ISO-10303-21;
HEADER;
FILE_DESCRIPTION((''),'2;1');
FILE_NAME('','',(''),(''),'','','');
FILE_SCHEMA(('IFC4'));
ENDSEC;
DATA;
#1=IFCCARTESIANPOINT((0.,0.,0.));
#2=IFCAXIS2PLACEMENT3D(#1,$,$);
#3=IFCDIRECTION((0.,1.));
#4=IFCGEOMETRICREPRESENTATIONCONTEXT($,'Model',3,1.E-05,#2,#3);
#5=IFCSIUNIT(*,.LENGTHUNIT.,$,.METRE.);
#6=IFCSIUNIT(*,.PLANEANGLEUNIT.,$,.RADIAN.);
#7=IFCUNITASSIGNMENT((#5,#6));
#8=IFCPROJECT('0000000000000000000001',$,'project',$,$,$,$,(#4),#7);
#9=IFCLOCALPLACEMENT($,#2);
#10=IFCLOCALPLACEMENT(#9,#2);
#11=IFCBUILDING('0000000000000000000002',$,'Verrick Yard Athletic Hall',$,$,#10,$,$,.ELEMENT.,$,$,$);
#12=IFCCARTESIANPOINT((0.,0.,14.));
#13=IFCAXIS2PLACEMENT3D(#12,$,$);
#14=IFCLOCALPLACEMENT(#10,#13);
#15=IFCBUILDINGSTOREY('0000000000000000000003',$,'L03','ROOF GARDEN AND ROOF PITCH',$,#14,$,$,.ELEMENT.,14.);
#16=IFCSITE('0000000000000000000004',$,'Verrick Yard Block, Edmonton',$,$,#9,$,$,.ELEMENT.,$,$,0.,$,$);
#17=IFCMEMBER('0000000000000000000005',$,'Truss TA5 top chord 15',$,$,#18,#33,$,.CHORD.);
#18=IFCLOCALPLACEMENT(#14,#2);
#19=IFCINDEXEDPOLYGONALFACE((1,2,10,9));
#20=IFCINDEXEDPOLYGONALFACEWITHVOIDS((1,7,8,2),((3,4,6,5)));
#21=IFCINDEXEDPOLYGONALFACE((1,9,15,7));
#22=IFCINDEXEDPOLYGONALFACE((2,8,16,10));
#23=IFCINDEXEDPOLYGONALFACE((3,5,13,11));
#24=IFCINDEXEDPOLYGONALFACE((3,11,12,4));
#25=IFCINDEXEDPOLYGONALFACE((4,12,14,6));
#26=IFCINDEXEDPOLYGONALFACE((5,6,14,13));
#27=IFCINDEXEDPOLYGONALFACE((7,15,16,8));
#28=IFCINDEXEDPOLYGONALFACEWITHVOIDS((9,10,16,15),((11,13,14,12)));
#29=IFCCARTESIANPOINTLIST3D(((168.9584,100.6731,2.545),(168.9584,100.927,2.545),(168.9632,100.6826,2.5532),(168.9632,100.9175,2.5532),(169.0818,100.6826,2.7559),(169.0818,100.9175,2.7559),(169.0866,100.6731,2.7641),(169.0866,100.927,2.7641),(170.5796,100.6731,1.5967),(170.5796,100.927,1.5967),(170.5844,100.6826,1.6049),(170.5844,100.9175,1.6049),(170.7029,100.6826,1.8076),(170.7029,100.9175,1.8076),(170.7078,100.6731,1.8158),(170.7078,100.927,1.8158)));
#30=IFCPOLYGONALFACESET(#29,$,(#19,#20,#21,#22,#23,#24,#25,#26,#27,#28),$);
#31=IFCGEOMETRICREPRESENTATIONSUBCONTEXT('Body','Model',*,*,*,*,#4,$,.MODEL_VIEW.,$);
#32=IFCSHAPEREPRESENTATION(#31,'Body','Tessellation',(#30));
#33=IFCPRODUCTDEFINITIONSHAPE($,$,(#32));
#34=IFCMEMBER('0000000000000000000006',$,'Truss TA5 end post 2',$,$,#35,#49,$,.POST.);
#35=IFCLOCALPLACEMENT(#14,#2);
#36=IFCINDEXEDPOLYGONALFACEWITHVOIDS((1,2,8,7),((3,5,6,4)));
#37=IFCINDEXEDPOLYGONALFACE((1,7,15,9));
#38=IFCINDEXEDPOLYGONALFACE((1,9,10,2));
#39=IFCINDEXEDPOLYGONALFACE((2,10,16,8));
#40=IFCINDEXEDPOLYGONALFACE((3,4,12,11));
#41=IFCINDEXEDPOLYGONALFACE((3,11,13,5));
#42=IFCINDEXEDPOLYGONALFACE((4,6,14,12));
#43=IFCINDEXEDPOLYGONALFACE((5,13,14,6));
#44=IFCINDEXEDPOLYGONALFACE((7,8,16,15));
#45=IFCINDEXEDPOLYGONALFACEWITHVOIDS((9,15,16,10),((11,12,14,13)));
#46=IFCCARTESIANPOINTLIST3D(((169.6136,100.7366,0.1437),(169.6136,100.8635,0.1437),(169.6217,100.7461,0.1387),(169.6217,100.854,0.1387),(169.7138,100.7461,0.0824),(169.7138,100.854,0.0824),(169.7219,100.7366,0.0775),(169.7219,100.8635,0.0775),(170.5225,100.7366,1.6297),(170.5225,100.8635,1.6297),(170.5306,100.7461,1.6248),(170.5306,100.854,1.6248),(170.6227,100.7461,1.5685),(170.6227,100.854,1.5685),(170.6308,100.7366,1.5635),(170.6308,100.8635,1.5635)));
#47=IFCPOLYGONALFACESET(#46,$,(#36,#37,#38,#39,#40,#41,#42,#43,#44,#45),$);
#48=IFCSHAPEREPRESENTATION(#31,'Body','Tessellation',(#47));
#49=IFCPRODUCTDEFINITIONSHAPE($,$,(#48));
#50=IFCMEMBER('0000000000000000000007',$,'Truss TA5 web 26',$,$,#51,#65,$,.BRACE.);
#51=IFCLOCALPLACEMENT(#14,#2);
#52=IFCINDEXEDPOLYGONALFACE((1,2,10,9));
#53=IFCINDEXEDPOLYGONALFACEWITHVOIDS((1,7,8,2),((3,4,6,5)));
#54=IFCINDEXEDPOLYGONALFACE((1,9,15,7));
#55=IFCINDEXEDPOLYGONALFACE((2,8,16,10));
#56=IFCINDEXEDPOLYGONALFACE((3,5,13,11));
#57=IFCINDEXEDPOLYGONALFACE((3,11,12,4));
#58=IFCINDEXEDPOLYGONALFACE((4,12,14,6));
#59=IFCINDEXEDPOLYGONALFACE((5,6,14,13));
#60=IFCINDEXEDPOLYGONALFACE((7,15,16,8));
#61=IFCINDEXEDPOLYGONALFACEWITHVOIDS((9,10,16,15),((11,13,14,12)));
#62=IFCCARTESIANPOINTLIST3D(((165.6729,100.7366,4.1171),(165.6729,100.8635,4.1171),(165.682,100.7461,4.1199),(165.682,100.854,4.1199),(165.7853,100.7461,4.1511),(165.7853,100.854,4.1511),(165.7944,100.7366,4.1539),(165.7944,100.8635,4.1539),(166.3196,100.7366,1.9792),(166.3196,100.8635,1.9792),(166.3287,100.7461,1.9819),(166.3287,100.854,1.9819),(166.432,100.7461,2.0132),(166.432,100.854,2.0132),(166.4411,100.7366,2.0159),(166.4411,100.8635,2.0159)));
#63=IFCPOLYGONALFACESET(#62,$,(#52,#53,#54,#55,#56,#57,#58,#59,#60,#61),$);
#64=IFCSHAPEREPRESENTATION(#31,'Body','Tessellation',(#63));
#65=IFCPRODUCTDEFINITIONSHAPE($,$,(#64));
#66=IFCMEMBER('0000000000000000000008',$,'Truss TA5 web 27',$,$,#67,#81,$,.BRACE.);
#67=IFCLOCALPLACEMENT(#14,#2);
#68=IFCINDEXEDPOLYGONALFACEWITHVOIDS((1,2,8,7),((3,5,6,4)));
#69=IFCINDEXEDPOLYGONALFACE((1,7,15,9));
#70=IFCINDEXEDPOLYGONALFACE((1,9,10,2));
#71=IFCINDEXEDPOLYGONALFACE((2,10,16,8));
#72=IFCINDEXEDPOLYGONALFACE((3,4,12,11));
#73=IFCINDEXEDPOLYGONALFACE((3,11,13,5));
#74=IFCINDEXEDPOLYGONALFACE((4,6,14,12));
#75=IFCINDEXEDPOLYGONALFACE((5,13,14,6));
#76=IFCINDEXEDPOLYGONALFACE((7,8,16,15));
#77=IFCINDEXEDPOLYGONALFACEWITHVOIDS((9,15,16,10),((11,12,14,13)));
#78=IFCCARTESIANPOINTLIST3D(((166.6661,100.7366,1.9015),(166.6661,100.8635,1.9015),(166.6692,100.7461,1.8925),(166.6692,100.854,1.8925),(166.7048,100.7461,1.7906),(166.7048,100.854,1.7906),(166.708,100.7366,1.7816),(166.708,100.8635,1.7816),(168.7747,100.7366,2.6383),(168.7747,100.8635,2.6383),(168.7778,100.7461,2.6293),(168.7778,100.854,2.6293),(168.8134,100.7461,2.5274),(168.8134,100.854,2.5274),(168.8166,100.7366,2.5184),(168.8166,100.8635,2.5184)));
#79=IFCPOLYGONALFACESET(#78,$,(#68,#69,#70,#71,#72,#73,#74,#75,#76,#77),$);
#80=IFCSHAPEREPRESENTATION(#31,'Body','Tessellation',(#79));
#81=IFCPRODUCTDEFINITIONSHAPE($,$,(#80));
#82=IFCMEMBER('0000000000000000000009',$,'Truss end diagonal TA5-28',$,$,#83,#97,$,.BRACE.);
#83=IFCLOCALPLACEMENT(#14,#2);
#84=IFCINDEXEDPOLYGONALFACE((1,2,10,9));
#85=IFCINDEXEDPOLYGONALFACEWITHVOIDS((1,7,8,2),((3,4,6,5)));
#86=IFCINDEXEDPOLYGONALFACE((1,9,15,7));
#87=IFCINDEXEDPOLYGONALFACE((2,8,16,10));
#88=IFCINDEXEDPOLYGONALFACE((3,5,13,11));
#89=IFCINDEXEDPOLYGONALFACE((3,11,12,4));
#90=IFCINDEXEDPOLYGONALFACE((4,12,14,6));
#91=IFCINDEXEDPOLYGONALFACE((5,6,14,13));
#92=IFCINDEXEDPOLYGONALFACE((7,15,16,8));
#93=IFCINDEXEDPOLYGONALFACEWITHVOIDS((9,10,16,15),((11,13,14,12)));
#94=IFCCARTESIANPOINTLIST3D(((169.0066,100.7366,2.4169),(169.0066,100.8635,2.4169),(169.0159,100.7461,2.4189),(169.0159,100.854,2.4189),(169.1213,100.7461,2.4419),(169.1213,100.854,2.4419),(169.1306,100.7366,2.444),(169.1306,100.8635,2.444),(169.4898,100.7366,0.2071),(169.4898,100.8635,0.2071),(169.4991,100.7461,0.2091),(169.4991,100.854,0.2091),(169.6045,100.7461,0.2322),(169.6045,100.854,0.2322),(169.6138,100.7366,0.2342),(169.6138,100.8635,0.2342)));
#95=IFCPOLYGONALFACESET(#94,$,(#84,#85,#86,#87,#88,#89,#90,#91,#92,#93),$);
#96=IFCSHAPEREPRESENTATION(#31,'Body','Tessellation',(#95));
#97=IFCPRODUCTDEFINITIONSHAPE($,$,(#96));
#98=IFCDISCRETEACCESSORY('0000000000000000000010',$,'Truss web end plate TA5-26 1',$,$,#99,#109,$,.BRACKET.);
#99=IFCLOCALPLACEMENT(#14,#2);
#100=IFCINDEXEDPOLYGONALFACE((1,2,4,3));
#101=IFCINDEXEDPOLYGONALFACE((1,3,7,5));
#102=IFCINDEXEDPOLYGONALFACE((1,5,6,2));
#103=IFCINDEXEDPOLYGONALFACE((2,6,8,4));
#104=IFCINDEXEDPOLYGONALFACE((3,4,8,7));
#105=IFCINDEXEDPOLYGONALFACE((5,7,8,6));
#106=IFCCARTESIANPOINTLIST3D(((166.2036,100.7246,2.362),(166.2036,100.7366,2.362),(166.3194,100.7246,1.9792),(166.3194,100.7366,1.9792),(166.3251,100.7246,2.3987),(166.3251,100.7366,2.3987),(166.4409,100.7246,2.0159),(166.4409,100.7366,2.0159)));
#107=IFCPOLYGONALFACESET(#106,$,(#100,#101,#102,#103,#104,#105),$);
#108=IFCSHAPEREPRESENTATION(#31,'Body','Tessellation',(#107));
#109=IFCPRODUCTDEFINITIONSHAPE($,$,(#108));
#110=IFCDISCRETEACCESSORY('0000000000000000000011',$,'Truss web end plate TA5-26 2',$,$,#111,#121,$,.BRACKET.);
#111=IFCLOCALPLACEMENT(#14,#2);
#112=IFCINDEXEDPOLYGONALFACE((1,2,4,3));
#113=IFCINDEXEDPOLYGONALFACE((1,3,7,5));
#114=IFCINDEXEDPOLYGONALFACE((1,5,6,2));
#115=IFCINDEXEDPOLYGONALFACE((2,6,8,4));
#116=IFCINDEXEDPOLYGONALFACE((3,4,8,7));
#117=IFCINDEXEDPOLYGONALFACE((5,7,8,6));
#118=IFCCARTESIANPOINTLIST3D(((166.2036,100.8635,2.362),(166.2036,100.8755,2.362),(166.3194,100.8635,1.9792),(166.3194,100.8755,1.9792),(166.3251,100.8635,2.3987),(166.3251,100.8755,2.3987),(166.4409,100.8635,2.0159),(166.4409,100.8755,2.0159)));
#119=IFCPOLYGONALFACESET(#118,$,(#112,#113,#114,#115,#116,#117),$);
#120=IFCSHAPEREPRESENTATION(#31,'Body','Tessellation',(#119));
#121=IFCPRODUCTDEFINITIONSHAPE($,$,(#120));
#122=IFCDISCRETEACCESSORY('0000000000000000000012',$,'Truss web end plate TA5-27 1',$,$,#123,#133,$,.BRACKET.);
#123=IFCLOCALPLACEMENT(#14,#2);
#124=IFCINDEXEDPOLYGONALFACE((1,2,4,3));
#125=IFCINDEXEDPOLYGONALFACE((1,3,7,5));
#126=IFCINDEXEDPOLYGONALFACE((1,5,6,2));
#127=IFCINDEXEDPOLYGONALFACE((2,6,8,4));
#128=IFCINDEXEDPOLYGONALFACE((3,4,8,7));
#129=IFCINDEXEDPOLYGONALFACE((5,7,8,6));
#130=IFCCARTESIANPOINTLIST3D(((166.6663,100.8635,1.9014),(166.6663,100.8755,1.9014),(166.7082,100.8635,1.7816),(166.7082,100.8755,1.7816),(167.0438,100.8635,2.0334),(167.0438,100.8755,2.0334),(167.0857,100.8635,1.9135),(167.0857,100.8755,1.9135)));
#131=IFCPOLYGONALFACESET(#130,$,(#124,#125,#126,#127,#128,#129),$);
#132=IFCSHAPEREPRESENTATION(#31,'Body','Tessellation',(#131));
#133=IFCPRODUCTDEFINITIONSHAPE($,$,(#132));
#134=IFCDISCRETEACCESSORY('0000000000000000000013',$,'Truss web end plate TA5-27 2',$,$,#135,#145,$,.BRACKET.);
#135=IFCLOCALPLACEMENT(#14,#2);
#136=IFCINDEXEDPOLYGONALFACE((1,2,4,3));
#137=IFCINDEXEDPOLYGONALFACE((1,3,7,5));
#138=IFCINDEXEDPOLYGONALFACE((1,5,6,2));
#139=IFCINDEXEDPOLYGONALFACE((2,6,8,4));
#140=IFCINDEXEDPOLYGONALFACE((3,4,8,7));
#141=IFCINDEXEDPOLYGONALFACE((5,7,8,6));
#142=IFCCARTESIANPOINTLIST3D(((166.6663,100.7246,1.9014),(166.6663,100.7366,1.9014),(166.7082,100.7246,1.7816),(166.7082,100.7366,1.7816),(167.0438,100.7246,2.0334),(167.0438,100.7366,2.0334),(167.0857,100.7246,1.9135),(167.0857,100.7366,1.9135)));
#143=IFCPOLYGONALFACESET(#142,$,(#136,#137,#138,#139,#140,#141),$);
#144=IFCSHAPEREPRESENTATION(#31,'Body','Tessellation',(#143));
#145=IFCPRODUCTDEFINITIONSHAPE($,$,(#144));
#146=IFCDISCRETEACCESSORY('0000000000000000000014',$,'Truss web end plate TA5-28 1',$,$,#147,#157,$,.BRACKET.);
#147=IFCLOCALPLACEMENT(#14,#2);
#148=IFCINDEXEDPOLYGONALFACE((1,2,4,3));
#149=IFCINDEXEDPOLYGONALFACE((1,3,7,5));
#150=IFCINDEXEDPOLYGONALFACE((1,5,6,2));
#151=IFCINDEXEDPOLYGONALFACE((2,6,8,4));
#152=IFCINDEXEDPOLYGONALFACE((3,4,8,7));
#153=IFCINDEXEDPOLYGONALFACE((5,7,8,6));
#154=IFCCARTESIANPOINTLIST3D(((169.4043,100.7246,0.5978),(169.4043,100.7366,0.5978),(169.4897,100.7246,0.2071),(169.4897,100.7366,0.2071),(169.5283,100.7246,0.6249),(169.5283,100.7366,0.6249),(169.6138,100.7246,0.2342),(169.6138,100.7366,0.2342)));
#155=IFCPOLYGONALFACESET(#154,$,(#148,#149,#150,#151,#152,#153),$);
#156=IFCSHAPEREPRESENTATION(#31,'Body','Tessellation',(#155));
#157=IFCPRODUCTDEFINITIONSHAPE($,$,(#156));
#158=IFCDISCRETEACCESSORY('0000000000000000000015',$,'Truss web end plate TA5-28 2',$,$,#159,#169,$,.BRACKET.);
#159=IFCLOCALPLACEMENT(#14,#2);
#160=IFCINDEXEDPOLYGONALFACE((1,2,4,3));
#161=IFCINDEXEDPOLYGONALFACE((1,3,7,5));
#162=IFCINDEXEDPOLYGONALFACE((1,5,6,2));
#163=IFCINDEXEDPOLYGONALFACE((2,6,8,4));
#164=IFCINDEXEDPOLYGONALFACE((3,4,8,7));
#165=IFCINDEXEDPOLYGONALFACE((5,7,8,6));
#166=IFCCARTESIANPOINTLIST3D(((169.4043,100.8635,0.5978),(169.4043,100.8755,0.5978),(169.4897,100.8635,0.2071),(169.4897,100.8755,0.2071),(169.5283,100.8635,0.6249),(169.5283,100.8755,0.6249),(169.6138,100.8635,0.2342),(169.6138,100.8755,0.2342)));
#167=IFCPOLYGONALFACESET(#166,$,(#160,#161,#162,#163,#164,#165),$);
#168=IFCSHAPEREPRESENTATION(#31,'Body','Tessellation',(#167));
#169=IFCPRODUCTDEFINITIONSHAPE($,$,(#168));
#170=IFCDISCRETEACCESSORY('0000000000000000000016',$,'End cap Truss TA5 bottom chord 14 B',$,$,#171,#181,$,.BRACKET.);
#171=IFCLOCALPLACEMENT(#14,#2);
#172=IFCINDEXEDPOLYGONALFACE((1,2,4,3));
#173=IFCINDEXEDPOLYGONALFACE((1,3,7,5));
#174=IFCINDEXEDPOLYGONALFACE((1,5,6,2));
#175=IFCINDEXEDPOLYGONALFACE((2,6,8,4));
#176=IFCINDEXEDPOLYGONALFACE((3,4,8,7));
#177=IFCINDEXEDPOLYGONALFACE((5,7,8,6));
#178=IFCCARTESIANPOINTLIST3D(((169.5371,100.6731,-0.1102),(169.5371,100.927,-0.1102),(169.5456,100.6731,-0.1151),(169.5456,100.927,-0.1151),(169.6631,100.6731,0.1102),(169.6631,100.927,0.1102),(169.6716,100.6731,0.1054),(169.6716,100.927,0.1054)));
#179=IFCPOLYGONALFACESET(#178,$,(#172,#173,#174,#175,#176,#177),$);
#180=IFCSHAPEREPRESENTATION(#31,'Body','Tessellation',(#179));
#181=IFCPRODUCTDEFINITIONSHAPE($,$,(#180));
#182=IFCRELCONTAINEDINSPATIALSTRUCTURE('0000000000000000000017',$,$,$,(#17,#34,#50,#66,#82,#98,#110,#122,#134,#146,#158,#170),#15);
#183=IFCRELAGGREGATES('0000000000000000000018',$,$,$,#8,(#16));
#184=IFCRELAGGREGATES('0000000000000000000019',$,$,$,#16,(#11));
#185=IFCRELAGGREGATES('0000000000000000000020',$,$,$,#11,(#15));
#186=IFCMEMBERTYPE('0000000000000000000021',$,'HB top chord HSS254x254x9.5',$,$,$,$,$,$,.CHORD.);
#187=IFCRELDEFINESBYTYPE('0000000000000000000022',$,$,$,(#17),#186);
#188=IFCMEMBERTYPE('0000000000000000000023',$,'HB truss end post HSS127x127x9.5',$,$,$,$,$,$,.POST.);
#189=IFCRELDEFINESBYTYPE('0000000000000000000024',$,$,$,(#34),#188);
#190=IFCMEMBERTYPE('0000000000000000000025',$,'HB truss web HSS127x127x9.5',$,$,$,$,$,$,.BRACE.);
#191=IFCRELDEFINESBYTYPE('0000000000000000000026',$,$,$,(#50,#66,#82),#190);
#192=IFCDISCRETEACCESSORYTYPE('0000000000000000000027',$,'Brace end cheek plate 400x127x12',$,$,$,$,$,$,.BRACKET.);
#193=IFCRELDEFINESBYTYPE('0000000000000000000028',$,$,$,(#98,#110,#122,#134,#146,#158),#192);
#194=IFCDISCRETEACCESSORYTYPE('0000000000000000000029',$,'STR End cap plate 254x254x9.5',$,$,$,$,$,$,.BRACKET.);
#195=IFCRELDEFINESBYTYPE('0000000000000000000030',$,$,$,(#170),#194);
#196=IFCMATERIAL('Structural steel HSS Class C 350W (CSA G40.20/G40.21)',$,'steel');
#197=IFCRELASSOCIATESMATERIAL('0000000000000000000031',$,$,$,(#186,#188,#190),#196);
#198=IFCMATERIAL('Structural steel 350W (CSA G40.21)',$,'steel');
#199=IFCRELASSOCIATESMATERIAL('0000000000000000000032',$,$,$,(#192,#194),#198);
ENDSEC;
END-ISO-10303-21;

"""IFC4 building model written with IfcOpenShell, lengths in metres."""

from ifc_helpers import new_model, si_unit, direction, frame, origin, origin_2d, place, context, subcontext, project, spatial, rectangle, hollow_rectangle, extrude, material, material_profile, profile_set, type_object, element, save


model = new_model("IFC4")

# Units and contexts
model_context = context("Model", 3, precision=1e-05, world=origin(), true_north=direction((0.0, 1.0)))
body_context = subcontext(model_context, "Body", "Model", "MODEL_VIEW")
ifc_project = project(units=[si_unit("LENGTHUNIT", "METRE"), si_unit("PLANEANGLEUNIT", "RADIAN")], contexts=[model_context])

# Site, building, storey
site_placement = place(None, origin())
site = spatial("IfcSite", under=ifc_project, at=site_placement, Name="Verrick Yard Block, Edmonton", CompositionType="ELEMENT", RefElevation=0.0)
building_placement = place(site_placement, origin())
building = spatial("IfcBuilding", under=site, at=building_placement, Name="Verrick Yard Athletic Hall", CompositionType="ELEMENT")
storey_placement = place(building_placement, frame((0.0, 0.0, 14.0)))
storey = spatial("IfcBuildingStorey", under=building, at=storey_placement, Name="L03", Description="ROOF GARDEN AND ROOF PITCH", CompositionType="ELEMENT", Elevation=14.0)

# Members
ifc_material_1 = material(Name="Structural steel HSS Class C 350W (CSA G40.20/G40.21)", Category="steel")
ifc_material_profile_1 = material_profile(ifc_material_1, hollow_rectangle(XDim=0.2539, YDim=0.2539, WallThickness=0.0095, at=origin_2d()), Name="HSS254x254x9.5")
ifc_profile_set_1 = profile_set([ifc_material_profile_1], Name="Structural steel HSS Class C 350W (CSA G40.20/G40.21)")
member_type_1 = type_object("IfcMemberType", Name="HB top chord HSS254x254x9.5", PredefinedType="CHORD", material=ifc_profile_set_1)
member_1_placement = place(storey_placement, frame((169.0225, 100.8, 2.6545), z_axis=(0.863175, 0.0, -0.504905), x_axis=(0.0, 1.0, 0.0)))
element("IfcMember", 1, at=member_1_placement, inside=storey, type_object=member_type_1, Name="Truss TA5 top chord 15", PredefinedType="CHORD", context=body_context, shape_type="SweptSolid", body=[
    extrude(hollow_rectangle(XDim=0.2539, YDim=0.2539, WallThickness=0.0095, at=origin_2d()), origin(), (0.0, 0.0, 1.0), 1.8782),
])
ifc_material_profile_2 = material_profile(ifc_material_1, hollow_rectangle(XDim=0.127, YDim=0.127, WallThickness=0.0095, at=origin_2d()), Name="HSS127x127x9.5")
ifc_profile_set_2 = profile_set([ifc_material_profile_2], Name="Structural steel HSS Class C 350W (CSA G40.20/G40.21)")
member_type_2 = type_object("IfcMemberType", Name="HB truss end post HSS127x127x9.5", PredefinedType="POST", material=ifc_profile_set_2)
member_2_placement = place(storey_placement, frame((169.6677, 100.8, 0.1106), z_axis=(0.521773, 0.0, 0.853084), x_axis=(0.0, 1.0, 0.0)))
element("IfcMember", 2, at=member_2_placement, inside=storey, type_object=member_type_2, Name="Truss TA5 end post 2", PredefinedType="POST", context=body_context, shape_type="SweptSolid", body=[
    extrude(hollow_rectangle(XDim=0.127, YDim=0.127, WallThickness=0.0095, at=origin_2d()), origin(), (0.0, 0.0, 1.0), 1.7419),
])
ifc_material_profile_3 = material_profile(ifc_material_1, hollow_rectangle(XDim=0.127, YDim=0.127, WallThickness=0.0095, at=origin_2d()), Name="HSS127x127x9.5")
ifc_profile_set_3 = profile_set([ifc_material_profile_3], Name="Structural steel HSS Class C 350W (CSA G40.20/G40.21)")
member_type_3 = type_object("IfcMemberType", Name="HB truss web HSS127x127x9.5", PredefinedType="BRACE", material=ifc_profile_set_3)
for number, where, z_axis, x_axis, name in (
    (3, (165.7336, 100.8, 4.1355), (0.289543, 0.0, -0.957165), (0.0, 1.0, 0.0), "Truss TA5 web 26"),
    (4, (166.687, 100.8, 1.8416), (0.944027, 0.0, 0.329868), (0.0, 1.0, 0.0), "Truss TA5 web 27"),
):
    element("IfcMember", number, at=place(storey_placement, frame(where, z_axis=z_axis, x_axis=x_axis)), inside=storey, type_object=member_type_3, Name=name, PredefinedType="BRACE", context=body_context, shape_type="SweptSolid", body=[
        extrude(hollow_rectangle(XDim=0.127, YDim=0.127, WallThickness=0.0095, at=origin_2d()), origin(), (0.0, 0.0, 1.0), 2.2336),
    ])
member_3_placement = place(storey_placement, frame((169.0686, 100.8, 2.4304), z_axis=(0.213604, 0.0, -0.97692), x_axis=(0.0, 1.0, 0.0)))
element("IfcMember", 5, at=member_3_placement, inside=storey, type_object=member_type_3, Name="Truss end diagonal TA5-28", PredefinedType="BRACE", context=body_context, shape_type="SweptSolid", body=[
    extrude(hollow_rectangle(XDim=0.127, YDim=0.127, WallThickness=0.0095, at=origin_2d()), origin(), (0.0, 0.0, 1.0), 2.262),
])

# Discrete accessories
ifc_material_2 = material(Name="Structural steel 350W (CSA G40.21)", Category="steel")
ifc_material_profile_4 = material_profile(ifc_material_2, rectangle(XDim=0.3999, YDim=0.127, at=origin_2d()), Name="Brace end cheek plate")
ifc_profile_set_4 = profile_set([ifc_material_profile_4], Name="Structural steel 350W (CSA G40.21)")
discrete_accessory_type_1 = type_object("IfcDiscreteAccessoryType", Name="Brace end cheek plate 400x127x12", PredefinedType="BRACKET", material=ifc_profile_set_4)
for number, where, z_axis, x_axis, name in (
    (6, (166.3223, 100.7366, 2.189), (0.0, -1.0, 0.0), (-0.289473, 0.0, 0.957186), "Truss web end plate TA5-26 1"),
    (7, (166.3223, 100.8635, 2.189), (0.0, 1.0, 0.0), (-0.289473, 0.0, 0.957186), "Truss web end plate TA5-26 2"),
    (8, (166.876, 100.8635, 1.9075), (0.0, 1.0, 0.0), (0.944026, 0.0, 0.329872), "Truss web end plate TA5-27 1"),
    (9, (166.876, 100.7366, 1.9075), (0.0, -1.0, 0.0), (0.944026, 0.0, 0.329872), "Truss web end plate TA5-27 2"),
    (10, (169.509, 100.7366, 0.416), (0.0, -1.0, 0.0), (-0.213605, 0.0, 0.97692), "Truss web end plate TA5-28 1"),
    (11, (169.509, 100.8635, 0.416), (0.0, 1.0, 0.0), (-0.213605, 0.0, 0.97692), "Truss web end plate TA5-28 2"),
):
    element("IfcDiscreteAccessory", number, at=place(storey_placement, frame(where, z_axis=z_axis, x_axis=x_axis)), inside=storey, type_object=discrete_accessory_type_1, Name=name, PredefinedType="BRACKET", context=body_context, shape_type="SweptSolid", body=[
        extrude(rectangle(XDim=0.3999, YDim=0.127, at=origin_2d()), origin(), (0.0, 0.0, 1.0), 0.012),
    ])
ifc_material_profile_5 = material_profile(ifc_material_2, rectangle(XDim=0.2539, YDim=0.2539, at=origin_2d()), Name="STR End cap plate 254x254x9.5")
ifc_profile_set_5 = profile_set([ifc_material_profile_5], Name="Structural steel 350W (CSA G40.21)")
discrete_accessory_type_2 = type_object("IfcDiscreteAccessoryType", Name="STR End cap plate 254x254x9.5", PredefinedType="BRACKET", material=ifc_profile_set_5)
discrete_accessory_1_placement = place(storey_placement, frame((169.6001, 100.8, 0.0), z_axis=(0.868243, 0.0, -0.496139), x_axis=(0.0, 1.0, 0.0)))
element("IfcDiscreteAccessory", 12, at=discrete_accessory_1_placement, inside=storey, type_object=discrete_accessory_type_2, Name="End cap Truss TA5 bottom chord 14 B", PredefinedType="BRACKET", context=body_context, shape_type="SweptSolid", body=[
    extrude(rectangle(XDim=0.2539, YDim=0.2539, at=origin_2d()), origin(), (0.0, 0.0, 1.0), 0.0098),
])

save(model, "model.ifc")
